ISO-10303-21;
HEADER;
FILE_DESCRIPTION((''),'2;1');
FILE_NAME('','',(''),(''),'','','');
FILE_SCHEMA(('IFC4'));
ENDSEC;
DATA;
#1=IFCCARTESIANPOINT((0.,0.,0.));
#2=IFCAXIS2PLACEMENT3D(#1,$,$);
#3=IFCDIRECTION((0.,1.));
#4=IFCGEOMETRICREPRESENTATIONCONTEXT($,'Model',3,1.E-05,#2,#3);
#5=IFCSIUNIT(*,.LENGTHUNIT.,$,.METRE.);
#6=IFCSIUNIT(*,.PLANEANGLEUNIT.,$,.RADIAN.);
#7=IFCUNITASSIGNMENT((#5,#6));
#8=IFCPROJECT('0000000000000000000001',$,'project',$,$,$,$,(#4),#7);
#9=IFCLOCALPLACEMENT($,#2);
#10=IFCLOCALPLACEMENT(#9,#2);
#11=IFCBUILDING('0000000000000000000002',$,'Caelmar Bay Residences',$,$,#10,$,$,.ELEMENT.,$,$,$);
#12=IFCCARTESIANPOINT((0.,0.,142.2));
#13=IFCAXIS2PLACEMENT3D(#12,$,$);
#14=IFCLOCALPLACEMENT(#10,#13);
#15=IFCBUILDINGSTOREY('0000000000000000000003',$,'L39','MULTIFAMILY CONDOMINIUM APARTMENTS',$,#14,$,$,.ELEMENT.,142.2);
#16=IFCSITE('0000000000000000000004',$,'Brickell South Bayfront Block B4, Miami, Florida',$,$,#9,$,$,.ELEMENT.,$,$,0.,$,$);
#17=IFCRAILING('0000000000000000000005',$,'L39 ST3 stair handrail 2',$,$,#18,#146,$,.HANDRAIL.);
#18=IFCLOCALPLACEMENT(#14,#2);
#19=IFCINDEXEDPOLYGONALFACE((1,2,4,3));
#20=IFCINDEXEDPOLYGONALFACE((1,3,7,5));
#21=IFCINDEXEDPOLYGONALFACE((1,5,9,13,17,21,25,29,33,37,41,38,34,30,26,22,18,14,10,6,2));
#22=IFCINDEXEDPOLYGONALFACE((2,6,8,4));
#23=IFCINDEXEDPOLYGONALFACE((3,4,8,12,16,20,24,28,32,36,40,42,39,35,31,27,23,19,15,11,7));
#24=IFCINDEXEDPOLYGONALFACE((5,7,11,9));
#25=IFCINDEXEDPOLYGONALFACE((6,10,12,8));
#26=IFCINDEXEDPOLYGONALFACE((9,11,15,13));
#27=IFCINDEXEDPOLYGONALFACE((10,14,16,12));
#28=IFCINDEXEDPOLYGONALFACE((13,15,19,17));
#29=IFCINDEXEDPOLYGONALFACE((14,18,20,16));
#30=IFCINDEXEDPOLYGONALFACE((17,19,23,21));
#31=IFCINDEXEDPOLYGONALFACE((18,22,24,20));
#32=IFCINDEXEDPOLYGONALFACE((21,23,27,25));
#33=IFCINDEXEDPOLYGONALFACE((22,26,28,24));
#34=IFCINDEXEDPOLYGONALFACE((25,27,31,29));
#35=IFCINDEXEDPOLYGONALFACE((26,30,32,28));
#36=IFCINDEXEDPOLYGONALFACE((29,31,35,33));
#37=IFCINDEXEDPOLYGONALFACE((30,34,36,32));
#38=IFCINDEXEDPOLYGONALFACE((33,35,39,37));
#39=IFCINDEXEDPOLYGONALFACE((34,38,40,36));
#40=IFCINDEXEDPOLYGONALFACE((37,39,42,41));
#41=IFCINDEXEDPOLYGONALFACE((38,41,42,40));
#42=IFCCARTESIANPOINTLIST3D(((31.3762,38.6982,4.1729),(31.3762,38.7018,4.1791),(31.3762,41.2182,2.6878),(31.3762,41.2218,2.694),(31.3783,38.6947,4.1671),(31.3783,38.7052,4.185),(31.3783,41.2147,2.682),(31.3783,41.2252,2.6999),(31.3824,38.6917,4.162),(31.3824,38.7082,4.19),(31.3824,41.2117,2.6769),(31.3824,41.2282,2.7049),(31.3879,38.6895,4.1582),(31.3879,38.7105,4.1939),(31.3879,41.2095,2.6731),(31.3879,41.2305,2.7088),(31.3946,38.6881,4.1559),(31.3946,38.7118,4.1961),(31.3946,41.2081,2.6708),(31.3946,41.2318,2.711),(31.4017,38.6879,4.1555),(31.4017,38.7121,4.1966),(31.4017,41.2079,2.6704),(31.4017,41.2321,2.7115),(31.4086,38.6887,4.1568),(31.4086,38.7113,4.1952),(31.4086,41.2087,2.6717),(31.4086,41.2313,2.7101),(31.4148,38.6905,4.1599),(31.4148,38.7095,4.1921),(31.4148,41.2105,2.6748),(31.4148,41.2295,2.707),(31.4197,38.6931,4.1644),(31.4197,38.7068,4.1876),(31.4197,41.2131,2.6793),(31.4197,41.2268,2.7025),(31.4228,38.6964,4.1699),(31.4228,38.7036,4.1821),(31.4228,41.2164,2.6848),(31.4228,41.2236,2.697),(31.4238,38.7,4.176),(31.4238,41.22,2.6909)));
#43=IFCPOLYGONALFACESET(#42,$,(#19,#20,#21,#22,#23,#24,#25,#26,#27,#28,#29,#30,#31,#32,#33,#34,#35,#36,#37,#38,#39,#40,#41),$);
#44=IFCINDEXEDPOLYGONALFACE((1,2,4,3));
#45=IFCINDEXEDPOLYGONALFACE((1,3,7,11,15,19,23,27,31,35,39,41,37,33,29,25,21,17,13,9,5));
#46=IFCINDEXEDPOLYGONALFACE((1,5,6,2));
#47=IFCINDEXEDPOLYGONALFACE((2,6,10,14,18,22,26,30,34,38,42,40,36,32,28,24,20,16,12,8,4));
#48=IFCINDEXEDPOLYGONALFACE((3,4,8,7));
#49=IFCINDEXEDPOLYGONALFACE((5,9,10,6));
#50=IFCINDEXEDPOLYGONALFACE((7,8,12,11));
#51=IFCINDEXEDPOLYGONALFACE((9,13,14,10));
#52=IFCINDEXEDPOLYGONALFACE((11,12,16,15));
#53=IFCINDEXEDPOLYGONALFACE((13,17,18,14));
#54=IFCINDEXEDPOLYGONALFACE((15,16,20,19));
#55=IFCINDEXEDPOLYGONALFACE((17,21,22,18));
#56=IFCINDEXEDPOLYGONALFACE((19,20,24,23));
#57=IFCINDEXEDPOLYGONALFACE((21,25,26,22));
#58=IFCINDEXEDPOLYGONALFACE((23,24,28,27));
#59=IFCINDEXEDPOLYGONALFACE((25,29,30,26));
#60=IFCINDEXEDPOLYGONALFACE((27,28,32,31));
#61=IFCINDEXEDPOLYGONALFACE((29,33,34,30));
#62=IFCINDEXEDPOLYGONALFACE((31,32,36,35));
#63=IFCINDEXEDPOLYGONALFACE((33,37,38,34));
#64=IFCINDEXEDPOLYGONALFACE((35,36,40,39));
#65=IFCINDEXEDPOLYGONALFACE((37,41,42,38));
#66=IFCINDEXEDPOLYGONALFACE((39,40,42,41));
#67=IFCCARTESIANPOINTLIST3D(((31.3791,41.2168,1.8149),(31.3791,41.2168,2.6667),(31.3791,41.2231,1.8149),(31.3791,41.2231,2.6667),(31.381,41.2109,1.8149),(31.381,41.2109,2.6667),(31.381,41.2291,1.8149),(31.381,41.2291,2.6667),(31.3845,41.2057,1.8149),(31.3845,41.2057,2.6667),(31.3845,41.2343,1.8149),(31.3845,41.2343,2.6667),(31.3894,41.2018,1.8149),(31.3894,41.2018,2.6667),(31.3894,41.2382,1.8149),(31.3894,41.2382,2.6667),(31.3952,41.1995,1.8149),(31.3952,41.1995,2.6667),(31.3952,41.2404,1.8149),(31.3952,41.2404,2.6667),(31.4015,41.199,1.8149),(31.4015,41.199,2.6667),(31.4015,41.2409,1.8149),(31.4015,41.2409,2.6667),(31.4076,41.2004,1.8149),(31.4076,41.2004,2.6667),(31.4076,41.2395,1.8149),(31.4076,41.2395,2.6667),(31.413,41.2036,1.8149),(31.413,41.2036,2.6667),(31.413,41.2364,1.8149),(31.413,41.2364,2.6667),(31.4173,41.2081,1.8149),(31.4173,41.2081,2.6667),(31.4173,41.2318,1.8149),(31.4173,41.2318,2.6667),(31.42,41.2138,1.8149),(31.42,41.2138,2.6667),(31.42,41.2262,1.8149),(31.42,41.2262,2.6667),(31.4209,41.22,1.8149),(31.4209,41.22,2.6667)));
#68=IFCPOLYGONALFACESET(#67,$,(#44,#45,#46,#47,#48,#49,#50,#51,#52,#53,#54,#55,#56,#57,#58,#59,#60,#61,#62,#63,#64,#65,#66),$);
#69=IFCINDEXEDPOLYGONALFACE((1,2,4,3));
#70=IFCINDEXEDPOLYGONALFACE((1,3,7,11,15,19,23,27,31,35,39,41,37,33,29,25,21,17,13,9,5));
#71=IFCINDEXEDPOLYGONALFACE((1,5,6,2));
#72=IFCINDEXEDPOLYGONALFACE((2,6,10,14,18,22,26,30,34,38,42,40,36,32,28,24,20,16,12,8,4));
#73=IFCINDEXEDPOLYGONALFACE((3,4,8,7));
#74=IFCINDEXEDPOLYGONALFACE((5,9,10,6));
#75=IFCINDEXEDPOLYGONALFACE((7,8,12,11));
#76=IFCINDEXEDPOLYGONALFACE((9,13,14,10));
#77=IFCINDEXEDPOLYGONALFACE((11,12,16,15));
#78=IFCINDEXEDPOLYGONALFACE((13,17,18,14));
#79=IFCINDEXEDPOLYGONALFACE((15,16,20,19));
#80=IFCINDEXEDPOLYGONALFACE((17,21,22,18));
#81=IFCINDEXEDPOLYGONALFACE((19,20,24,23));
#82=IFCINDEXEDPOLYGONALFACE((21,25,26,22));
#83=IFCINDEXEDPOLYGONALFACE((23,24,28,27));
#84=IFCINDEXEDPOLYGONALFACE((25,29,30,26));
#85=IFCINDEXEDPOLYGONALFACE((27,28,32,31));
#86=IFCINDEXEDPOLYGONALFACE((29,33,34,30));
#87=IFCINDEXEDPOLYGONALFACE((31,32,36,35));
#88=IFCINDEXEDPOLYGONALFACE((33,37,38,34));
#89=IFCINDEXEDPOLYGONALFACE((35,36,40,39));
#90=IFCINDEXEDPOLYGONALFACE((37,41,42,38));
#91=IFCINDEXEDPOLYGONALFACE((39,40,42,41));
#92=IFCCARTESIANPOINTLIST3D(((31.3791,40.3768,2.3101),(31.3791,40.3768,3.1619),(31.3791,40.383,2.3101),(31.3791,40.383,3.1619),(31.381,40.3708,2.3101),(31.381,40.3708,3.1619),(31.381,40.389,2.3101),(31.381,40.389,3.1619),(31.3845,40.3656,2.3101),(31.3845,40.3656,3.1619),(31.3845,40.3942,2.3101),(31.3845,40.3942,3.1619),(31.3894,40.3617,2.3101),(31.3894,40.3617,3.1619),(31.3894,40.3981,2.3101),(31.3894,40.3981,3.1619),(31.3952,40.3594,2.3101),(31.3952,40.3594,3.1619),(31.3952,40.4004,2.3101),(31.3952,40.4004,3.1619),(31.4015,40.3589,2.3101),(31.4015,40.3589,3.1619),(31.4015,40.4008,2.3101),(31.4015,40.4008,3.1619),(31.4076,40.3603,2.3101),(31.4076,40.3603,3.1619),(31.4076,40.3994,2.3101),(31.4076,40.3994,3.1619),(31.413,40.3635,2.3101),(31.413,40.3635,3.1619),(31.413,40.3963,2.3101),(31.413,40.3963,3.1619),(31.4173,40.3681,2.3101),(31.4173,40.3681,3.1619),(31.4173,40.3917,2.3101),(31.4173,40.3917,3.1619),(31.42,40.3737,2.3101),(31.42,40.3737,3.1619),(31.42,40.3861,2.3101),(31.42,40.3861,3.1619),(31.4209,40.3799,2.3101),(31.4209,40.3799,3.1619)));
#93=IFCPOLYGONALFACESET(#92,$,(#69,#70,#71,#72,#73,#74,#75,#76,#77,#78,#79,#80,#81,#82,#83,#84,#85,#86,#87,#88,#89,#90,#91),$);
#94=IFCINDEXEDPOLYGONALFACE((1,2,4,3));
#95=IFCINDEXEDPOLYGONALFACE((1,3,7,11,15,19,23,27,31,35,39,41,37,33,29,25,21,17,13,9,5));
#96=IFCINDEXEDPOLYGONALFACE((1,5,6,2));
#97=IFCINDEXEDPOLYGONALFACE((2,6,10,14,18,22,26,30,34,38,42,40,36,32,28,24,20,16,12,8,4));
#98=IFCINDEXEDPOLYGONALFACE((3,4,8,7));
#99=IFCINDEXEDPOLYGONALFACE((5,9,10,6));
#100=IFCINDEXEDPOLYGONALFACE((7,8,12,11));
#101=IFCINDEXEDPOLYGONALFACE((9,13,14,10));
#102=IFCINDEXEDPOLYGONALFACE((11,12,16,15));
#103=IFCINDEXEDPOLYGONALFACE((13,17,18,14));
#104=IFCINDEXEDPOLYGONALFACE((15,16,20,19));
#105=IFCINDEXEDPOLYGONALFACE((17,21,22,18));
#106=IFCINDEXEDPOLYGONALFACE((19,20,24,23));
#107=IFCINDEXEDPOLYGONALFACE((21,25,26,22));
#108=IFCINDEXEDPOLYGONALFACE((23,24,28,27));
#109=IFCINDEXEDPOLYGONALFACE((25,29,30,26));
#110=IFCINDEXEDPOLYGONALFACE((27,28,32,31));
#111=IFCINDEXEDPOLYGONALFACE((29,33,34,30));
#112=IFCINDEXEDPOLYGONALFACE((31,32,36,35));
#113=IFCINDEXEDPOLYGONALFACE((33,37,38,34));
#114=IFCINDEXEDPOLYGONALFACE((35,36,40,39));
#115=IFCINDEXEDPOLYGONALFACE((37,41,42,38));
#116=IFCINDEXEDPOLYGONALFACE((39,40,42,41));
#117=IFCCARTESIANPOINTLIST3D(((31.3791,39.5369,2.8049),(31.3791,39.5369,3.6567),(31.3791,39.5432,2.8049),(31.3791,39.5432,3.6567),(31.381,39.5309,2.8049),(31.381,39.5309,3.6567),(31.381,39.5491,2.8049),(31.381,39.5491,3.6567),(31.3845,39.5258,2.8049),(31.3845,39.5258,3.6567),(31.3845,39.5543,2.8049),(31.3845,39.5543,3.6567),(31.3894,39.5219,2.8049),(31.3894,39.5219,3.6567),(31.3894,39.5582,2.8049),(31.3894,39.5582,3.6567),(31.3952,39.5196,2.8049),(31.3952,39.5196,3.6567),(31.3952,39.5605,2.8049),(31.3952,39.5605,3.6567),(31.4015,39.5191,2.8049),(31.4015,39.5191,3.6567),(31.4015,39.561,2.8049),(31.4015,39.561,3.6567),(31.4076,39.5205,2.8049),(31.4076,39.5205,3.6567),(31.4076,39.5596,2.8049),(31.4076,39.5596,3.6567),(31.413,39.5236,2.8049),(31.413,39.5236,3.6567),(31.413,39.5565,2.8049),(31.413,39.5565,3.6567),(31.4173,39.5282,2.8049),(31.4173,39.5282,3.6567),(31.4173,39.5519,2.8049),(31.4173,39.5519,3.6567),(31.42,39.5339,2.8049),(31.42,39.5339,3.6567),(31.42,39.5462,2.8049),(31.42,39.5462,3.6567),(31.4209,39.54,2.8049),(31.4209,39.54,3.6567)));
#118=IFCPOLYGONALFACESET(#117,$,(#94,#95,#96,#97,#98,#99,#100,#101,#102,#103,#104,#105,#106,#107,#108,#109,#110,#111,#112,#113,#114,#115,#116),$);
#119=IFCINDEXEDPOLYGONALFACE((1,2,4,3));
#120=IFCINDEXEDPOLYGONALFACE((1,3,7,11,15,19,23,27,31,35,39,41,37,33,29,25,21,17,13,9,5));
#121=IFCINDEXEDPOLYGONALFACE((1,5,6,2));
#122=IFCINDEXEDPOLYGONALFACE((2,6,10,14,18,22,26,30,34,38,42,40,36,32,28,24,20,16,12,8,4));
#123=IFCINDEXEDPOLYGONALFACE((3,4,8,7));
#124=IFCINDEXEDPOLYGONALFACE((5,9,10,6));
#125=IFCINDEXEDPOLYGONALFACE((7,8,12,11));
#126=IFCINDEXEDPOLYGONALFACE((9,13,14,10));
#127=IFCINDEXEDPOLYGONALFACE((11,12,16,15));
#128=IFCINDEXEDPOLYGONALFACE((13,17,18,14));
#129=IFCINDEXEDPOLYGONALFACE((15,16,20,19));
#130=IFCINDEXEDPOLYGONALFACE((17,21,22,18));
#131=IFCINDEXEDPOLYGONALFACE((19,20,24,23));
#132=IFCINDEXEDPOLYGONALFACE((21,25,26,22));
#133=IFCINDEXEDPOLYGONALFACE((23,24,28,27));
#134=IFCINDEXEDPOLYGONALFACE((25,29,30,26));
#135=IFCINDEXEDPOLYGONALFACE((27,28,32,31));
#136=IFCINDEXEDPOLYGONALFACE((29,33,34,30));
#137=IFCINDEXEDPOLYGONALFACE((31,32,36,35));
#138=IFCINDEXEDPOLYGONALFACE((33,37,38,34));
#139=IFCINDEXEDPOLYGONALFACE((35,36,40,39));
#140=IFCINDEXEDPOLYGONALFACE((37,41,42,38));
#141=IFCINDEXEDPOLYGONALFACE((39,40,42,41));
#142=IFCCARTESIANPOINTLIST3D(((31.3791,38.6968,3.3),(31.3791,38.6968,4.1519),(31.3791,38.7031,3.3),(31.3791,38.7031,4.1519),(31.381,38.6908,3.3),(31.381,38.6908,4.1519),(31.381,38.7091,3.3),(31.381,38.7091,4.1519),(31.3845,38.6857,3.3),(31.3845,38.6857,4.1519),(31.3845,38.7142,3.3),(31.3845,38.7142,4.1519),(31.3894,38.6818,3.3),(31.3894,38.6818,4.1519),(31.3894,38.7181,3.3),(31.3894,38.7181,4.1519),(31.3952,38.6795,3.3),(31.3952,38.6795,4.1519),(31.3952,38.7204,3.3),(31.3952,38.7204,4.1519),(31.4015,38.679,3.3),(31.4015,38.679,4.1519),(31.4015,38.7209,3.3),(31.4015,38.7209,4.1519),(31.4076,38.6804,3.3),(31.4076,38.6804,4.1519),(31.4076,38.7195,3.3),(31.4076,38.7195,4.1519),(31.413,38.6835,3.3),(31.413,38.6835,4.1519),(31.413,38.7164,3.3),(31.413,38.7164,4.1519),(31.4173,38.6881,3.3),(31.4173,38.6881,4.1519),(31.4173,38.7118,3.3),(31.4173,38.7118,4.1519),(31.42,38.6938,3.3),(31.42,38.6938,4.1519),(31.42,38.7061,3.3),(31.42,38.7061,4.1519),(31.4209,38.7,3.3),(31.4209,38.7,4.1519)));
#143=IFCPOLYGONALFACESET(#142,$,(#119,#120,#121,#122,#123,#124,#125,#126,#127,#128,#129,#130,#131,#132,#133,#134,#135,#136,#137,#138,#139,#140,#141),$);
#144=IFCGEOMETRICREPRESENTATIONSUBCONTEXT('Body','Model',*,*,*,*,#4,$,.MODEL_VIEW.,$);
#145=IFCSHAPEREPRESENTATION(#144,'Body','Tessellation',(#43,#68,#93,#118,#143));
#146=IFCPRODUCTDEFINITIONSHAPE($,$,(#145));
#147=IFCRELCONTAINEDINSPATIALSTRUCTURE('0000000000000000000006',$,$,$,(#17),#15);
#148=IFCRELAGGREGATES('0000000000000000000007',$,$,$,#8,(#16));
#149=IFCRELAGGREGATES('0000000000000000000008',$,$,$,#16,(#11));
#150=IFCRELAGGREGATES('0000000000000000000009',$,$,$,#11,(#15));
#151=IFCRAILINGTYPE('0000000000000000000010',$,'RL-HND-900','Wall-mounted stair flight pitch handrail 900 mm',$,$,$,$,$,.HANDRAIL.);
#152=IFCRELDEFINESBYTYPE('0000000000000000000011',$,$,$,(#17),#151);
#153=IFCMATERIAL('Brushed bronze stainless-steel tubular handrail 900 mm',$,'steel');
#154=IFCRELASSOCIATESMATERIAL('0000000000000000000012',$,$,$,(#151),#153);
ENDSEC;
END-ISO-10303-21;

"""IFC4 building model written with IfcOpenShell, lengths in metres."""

from ifc_helpers import new_model, si_unit, direction, frame, origin, origin_2d, place, context, subcontext, project, spatial, circle, extrude, material, type_object, element, save


model = new_model("IFC4")

# Units and contexts
model_context = context("Model", 3, precision=1e-05, world=origin(), true_north=direction((0.0, 1.0)))
body_context = subcontext(model_context, "Body", "Model", "MODEL_VIEW")
ifc_project = project(units=[si_unit("LENGTHUNIT", "METRE"), si_unit("PLANEANGLEUNIT", "RADIAN")], contexts=[model_context])

# Site, building, storey
site_placement = place(None, origin())
site = spatial("IfcSite", under=ifc_project, at=site_placement, Name="Brickell South Bayfront Block B4, Miami, Florida", CompositionType="ELEMENT", RefElevation=0.0)
building_placement = place(site_placement, origin())
building = spatial("IfcBuilding", under=site, at=building_placement, Name="Caelmar Bay Residences", CompositionType="ELEMENT")
storey_placement = place(building_placement, frame((0.0, 0.0, 142.2)))
storey = spatial("IfcBuildingStorey", under=building, at=storey_placement, Name="L39", Description="MULTIFAMILY CONDOMINIUM APARTMENTS", CompositionType="ELEMENT", Elevation=142.2)

# Railing
ifc_material_1 = material(Name="Brushed bronze stainless-steel tubular handrail 900 mm", Category="steel")
railing_type_1 = type_object("IfcRailingType", Name="RL-HND-900", Description="Wall-mounted stair flight pitch handrail 900 mm", PredefinedType="HANDRAIL", material=ifc_material_1)
railing_1_placement = place(storey_placement, frame((31.3999, 41.22, 1.8149)))
element("IfcRailing", 1, at=railing_1_placement, inside=storey, type_object=railing_type_1, Name="L39 ST3 stair handrail 2", PredefinedType="HANDRAIL", context=body_context, shape_type="SweptSolid", body=[
    extrude(circle(Radius=0.0239, at=origin_2d()), frame((0.0, 0.0, 0.876), z_axis=(0.0, -0.861524, 0.507717), x_axis=(1.0, 0.0, 0.0)), (0.0, 0.0, 1.0), 2.925),
    extrude(circle(Radius=0.021, at=origin_2d()), origin(), (0.0, 0.0, 1.0), 0.8518),
    extrude(circle(Radius=0.021, at=origin_2d()), frame((0.0, -0.8401, 0.4951)), (0.0, 0.0, 1.0), 0.8518),
    extrude(circle(Radius=0.021, at=origin_2d()), frame((0.0, -1.6799, 0.99)), (0.0, 0.0, 1.0), 0.8518),
    extrude(circle(Radius=0.021, at=origin_2d()), frame((0.0, -2.52, 1.4851)), (0.0, 0.0, 1.0), 0.8518),
])

save(model, "model.ifc")
